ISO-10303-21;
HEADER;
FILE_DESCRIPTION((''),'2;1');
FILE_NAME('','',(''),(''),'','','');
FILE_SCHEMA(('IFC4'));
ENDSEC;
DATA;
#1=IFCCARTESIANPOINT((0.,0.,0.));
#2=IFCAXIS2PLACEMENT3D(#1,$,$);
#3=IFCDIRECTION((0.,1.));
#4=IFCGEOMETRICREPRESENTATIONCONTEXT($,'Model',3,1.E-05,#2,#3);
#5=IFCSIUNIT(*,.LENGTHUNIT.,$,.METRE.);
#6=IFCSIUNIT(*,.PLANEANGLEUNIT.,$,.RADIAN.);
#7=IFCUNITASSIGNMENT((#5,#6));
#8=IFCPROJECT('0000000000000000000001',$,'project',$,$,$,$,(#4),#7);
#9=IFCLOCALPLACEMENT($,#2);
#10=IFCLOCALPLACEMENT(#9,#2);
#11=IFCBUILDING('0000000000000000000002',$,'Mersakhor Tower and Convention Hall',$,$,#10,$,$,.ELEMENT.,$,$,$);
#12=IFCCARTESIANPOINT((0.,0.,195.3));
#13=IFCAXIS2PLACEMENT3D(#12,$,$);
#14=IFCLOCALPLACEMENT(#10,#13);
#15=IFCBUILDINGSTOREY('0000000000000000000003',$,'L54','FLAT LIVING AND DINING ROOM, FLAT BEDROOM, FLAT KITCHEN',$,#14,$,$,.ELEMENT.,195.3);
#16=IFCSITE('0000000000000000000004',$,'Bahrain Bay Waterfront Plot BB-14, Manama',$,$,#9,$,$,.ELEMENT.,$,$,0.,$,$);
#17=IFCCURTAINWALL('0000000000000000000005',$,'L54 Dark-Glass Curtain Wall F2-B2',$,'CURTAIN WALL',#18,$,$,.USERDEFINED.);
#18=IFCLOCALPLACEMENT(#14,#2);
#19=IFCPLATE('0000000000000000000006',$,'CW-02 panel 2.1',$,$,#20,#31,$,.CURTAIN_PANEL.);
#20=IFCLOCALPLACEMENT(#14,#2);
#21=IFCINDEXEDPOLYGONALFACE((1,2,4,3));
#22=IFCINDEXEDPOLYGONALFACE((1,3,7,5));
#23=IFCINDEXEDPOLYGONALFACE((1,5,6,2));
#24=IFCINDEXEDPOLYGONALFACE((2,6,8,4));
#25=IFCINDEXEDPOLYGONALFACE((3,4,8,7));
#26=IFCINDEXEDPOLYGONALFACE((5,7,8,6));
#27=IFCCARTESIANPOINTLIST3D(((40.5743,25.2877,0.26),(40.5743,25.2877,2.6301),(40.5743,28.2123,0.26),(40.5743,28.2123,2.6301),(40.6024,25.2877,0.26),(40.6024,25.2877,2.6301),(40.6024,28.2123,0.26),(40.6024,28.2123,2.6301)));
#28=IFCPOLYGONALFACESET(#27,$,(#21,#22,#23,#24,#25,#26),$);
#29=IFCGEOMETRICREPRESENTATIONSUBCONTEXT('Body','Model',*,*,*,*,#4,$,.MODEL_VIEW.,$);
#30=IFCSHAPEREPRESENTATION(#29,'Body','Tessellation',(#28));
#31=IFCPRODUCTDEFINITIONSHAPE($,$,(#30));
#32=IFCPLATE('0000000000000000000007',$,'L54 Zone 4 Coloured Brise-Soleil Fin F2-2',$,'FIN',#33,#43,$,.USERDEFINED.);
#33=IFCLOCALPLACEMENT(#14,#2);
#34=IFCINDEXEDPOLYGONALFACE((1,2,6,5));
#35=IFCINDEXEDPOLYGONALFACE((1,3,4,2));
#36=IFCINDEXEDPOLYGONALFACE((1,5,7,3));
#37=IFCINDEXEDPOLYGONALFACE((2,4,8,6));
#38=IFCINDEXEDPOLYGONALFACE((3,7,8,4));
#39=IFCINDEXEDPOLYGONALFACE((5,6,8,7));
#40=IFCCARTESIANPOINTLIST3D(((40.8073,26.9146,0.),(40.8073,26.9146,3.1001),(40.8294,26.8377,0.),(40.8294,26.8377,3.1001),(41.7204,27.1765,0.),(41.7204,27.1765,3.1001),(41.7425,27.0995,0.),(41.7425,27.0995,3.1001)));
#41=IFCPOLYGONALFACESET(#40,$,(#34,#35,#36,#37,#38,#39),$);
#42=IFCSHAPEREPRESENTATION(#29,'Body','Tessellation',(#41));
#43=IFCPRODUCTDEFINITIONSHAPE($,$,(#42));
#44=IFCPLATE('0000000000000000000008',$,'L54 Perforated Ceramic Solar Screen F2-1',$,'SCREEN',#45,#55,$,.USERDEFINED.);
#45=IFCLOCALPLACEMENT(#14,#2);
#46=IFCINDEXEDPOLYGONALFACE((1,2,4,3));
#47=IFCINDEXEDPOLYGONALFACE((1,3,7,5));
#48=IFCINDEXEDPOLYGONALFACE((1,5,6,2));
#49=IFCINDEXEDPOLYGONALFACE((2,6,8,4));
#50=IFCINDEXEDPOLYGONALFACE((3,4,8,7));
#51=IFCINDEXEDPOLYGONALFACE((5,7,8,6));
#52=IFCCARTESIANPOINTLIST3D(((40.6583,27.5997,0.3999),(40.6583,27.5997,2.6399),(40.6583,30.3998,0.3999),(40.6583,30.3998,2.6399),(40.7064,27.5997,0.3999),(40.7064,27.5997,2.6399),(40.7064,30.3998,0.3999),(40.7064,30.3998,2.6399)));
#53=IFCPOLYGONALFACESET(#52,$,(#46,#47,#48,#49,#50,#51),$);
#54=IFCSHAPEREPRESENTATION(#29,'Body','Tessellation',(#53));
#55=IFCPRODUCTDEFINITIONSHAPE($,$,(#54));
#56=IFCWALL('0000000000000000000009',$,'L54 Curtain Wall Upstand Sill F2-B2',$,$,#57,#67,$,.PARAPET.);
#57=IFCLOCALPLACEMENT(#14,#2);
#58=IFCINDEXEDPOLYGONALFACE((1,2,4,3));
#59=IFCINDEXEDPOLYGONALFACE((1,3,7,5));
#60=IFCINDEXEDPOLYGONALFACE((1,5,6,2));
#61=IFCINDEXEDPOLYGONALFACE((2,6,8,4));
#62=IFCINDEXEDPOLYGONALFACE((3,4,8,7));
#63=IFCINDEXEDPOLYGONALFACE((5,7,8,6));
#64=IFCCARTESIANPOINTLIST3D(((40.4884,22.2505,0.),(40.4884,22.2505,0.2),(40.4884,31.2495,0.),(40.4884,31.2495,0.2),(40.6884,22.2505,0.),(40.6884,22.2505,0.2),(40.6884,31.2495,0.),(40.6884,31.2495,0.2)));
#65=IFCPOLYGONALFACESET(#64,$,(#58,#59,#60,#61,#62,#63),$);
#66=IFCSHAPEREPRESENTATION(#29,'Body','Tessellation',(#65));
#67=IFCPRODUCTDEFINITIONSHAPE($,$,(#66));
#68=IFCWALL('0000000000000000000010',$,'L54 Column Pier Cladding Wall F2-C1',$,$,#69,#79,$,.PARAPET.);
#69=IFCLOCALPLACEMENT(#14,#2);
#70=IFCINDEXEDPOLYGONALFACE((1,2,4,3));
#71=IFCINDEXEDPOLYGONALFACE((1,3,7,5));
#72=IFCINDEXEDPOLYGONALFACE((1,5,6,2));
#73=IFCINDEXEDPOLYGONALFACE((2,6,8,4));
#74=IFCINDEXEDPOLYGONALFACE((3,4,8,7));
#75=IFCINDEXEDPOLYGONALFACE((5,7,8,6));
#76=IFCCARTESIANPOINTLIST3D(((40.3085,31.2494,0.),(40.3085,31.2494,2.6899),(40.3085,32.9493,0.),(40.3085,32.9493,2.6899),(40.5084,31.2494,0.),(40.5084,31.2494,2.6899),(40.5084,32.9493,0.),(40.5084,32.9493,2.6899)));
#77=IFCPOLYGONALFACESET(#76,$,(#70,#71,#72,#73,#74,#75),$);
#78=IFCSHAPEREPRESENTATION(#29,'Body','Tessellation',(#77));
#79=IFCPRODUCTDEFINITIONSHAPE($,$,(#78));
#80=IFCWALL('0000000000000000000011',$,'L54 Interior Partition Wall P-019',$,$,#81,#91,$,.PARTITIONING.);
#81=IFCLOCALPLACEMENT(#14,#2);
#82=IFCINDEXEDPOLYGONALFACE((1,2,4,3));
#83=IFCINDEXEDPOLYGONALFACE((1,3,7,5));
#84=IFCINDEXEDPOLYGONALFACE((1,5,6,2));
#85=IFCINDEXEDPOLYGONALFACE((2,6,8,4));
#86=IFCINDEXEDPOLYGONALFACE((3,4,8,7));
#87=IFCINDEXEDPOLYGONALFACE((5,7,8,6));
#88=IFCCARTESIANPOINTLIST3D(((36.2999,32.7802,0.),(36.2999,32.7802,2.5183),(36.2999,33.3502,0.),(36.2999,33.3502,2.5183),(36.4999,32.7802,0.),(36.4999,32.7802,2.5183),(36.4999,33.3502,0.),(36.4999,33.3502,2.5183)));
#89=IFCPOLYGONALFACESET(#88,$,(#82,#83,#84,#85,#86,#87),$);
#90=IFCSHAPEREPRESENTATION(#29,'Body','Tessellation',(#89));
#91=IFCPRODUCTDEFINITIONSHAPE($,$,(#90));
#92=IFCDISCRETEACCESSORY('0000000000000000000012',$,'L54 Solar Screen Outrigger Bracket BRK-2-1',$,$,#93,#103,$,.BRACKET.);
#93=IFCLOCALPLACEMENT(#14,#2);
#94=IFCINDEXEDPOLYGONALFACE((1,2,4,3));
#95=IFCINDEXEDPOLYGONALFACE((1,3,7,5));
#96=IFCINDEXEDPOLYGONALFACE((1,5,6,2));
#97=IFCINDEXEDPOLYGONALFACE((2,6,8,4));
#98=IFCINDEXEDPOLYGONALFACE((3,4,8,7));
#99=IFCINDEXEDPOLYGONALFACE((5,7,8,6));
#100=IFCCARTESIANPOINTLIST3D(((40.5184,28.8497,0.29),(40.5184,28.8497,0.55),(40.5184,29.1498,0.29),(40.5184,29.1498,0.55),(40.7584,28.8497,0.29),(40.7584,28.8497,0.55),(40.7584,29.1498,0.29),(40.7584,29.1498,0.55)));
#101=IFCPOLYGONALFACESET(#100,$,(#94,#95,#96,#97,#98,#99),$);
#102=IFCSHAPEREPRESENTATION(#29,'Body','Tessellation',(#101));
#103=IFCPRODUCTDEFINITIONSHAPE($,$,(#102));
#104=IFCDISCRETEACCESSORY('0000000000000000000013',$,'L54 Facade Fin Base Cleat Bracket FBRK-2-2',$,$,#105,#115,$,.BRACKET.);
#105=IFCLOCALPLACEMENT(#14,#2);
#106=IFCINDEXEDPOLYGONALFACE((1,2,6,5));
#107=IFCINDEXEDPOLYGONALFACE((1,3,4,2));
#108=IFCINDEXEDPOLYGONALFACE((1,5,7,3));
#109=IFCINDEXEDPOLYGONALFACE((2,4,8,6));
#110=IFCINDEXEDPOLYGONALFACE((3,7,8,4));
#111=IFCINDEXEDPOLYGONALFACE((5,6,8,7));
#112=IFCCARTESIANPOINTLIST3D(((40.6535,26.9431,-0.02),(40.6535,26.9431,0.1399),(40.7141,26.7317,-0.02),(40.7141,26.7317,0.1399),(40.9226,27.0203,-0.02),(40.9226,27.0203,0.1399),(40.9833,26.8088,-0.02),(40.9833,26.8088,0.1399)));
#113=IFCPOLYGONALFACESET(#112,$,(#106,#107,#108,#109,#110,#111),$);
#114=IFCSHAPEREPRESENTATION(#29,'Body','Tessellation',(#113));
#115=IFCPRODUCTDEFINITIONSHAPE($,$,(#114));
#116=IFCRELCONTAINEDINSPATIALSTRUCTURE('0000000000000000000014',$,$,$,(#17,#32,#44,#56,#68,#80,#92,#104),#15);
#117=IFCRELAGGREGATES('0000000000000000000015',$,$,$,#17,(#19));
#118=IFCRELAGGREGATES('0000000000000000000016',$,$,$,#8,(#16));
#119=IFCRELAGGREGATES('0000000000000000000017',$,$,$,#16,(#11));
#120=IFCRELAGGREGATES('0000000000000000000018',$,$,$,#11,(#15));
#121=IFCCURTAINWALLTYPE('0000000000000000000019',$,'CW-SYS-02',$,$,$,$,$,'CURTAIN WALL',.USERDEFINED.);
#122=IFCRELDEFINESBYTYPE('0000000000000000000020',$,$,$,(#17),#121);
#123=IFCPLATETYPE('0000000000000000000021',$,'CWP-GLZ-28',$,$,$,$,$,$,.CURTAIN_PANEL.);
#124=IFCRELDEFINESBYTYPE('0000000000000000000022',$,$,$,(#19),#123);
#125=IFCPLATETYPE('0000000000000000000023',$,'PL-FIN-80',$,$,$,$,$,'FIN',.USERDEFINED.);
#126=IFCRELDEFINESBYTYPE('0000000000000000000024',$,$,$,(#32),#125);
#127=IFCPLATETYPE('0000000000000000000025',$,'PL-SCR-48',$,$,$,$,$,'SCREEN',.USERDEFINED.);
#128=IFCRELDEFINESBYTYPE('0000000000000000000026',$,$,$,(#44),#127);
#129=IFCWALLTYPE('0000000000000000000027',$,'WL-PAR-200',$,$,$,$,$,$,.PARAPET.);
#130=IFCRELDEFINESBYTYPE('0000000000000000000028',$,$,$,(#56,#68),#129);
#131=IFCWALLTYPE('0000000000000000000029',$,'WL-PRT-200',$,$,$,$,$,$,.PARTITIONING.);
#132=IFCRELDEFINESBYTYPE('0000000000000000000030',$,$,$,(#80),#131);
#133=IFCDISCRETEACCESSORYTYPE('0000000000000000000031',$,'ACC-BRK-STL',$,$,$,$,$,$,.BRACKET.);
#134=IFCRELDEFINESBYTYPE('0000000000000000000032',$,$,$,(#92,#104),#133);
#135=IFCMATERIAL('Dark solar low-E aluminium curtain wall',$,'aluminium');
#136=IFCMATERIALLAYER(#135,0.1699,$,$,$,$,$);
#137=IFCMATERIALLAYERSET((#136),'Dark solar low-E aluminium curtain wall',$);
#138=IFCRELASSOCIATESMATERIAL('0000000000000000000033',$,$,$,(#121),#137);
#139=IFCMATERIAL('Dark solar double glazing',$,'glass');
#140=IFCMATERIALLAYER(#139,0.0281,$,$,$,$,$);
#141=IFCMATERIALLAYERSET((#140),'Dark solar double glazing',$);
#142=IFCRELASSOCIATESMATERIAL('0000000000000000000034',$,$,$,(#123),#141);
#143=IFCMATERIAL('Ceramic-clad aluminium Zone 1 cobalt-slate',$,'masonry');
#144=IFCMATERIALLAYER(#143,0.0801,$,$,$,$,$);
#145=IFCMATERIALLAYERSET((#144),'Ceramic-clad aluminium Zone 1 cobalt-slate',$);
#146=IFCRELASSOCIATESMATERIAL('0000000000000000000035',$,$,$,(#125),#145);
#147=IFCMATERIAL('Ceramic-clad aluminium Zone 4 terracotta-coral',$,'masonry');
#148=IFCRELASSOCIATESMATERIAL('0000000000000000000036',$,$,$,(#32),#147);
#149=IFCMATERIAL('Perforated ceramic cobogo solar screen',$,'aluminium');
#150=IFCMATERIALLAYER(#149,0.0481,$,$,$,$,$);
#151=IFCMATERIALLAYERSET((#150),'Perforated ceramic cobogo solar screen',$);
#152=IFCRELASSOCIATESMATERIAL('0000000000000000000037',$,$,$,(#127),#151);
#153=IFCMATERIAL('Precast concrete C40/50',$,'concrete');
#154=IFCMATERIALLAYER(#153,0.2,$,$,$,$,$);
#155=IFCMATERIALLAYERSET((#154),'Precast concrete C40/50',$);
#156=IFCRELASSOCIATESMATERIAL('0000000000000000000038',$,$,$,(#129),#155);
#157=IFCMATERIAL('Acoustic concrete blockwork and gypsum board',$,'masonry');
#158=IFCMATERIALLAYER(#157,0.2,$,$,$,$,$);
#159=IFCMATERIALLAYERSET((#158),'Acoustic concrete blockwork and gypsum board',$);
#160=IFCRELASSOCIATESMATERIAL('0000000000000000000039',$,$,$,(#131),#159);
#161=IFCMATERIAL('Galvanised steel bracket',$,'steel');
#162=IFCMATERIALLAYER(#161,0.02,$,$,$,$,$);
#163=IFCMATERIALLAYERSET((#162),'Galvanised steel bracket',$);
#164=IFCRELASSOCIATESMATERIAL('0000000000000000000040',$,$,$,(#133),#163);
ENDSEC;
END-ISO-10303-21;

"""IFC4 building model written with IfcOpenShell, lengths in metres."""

from ifc_helpers import new_model, si_unit, direction, frame, frame_2d, origin, origin_2d, place, context, subcontext, project, spatial, rectangle, extrude, material, layer, layer_set, type_object, element, aggregate, save


model = new_model("IFC4")

# Units and contexts
model_context = context("Model", 3, precision=1e-05, world=origin(), true_north=direction((0.0, 1.0)))
body_context = subcontext(model_context, "Body", "Model", "MODEL_VIEW")
ifc_project = project(units=[si_unit("LENGTHUNIT", "METRE"), si_unit("PLANEANGLEUNIT", "RADIAN")], contexts=[model_context])

# Site, building, storey
site_placement = place(None, origin())
site = spatial("IfcSite", under=ifc_project, at=site_placement, Name="Bahrain Bay Waterfront Plot BB-14, Manama", CompositionType="ELEMENT", RefElevation=0.0)
building_placement = place(site_placement, origin())
building = spatial("IfcBuilding", under=site, at=building_placement, Name="Mersakhor Tower and Convention Hall", CompositionType="ELEMENT")
storey_placement = place(building_placement, frame((0.0, 0.0, 195.3)))
storey = spatial("IfcBuildingStorey", under=building, at=storey_placement, Name="L54", Description="FLAT LIVING AND DINING ROOM, FLAT BEDROOM, FLAT KITCHEN", CompositionType="ELEMENT", Elevation=195.3)

# Curtain wall, plate
ifc_material_1 = material(Name="Dark solar low-E aluminium curtain wall", Category="aluminium")
ifc_layer_1 = layer(ifc_material_1, 0.1699)
ifc_layer_set_1 = layer_set([ifc_layer_1], Name="Dark solar low-E aluminium curtain wall")
curtain_wall_type = type_object("IfcCurtainWallType", Name="CW-SYS-02", ElementType="CURTAIN WALL", PredefinedType="USERDEFINED", material=ifc_layer_set_1)
curtain_wall_placement = place(storey_placement, origin())
curtain_wall = element("IfcCurtainWall", 1, at=curtain_wall_placement, inside=storey, type_object=curtain_wall_type, Name="L54 Dark-Glass Curtain Wall F2-B2", ObjectType="CURTAIN WALL", PredefinedType="USERDEFINED")
ifc_material_2 = material(Name="Dark solar double glazing", Category="glass")
ifc_layer_2 = layer(ifc_material_2, 0.0281)
ifc_layer_set_2 = layer_set([ifc_layer_2], Name="Dark solar double glazing")
plate_type_1 = type_object("IfcPlateType", Name="CWP-GLZ-28", PredefinedType="CURTAIN_PANEL", material=ifc_layer_set_2)
plate_1_placement = place(storey_placement, frame((40.5884, 26.75, 0.26), z_axis=(0.0, 0.0, 1.0), x_axis=(0.0, -1.0, 0.0)))
plate_1 = element("IfcPlate", 2, at=plate_1_placement, type_object=plate_type_1, Name="CW-02 panel 2.1", PredefinedType="CURTAIN_PANEL", context=body_context, shape_type="SweptSolid", body=[
    extrude(rectangle(XDim=2.9246, YDim=0.0281, at=origin_2d()), origin(), (0.0, 0.0, 1.0), 2.3701),
])
aggregate(curtain_wall, [plate_1])

# Plates
ifc_material_3 = material(Name="Ceramic-clad aluminium Zone 4 terracotta-coral", Category="masonry")
ifc_material_4 = material(Name="Ceramic-clad aluminium Zone 1 cobalt-slate", Category="masonry")
ifc_layer_3 = layer(ifc_material_4, 0.0801)
ifc_layer_set_3 = layer_set([ifc_layer_3], Name="Ceramic-clad aluminium Zone 1 cobalt-slate")
plate_type_2 = type_object("IfcPlateType", Name="PL-FIN-80", ElementType="FIN", PredefinedType="USERDEFINED", material=ifc_layer_set_3)
plate_2_placement = place(storey_placement, frame((41.2749, 27.0071, 0.0), z_axis=(0.0, 0.0, 1.0), x_axis=(0.961262, 0.275637, 0.0)))
element("IfcPlate", 3, at=plate_2_placement, inside=storey, type_object=plate_type_2, material=ifc_material_3, Name="L54 Zone 4 Coloured Brise-Soleil Fin F2-2", ObjectType="FIN", PredefinedType="USERDEFINED", context=body_context, shape_type="SweptSolid", body=[
    extrude(rectangle(XDim=0.95, YDim=0.0801, at=origin_2d()), origin(), (0.0, 0.0, 1.0), 3.1001),
])
ifc_material_5 = material(Name="Perforated ceramic cobogo solar screen", Category="aluminium")
ifc_layer_4 = layer(ifc_material_5, 0.0481)
ifc_layer_set_4 = layer_set([ifc_layer_4], Name="Perforated ceramic cobogo solar screen")
plate_type_3 = type_object("IfcPlateType", Name="PL-SCR-48", ElementType="SCREEN", PredefinedType="USERDEFINED", material=ifc_layer_set_4)
plate_3_placement = place(storey_placement, frame((40.6824, 28.9998, 0.3999), z_axis=(0.0, 0.0, 1.0), x_axis=(0.0, -1.0, 0.0)))
element("IfcPlate", 4, at=plate_3_placement, inside=storey, type_object=plate_type_3, Name="L54 Perforated Ceramic Solar Screen F2-1", ObjectType="SCREEN", PredefinedType="USERDEFINED", context=body_context, shape_type="SweptSolid", body=[
    extrude(rectangle(XDim=2.8, YDim=0.0481, at=origin_2d()), origin(), (0.0, 0.0, 1.0), 2.24),
])

# Walls
ifc_material_6 = material(Name="Precast concrete C40/50", Category="concrete")
ifc_layer_5 = layer(ifc_material_6, 0.2)
ifc_layer_set_5 = layer_set([ifc_layer_5], Name="Precast concrete C40/50")
wall_type_1 = type_object("IfcWallType", Name="WL-PAR-200", PredefinedType="PARAPET", material=ifc_layer_set_5)
wall_1_placement = place(storey_placement, frame((40.5884, 31.2495, 0.0), z_axis=(0.0, 0.0, 1.0), x_axis=(0.0, -1.0, 0.0)))
element("IfcWall", 5, at=wall_1_placement, inside=storey, type_object=wall_type_1, Name="L54 Curtain Wall Upstand Sill F2-B2", PredefinedType="PARAPET", context=body_context, shape_type="SweptSolid", body=[
    extrude(rectangle(XDim=8.999, YDim=0.2, at=frame_2d((4.4995, 0.0))), origin(), (0.0, 0.0, 1.0), 0.2),
])
wall_2_placement = place(storey_placement, frame((40.4084, 32.9495, 0.0), z_axis=(0.0, 0.0, 1.0), x_axis=(0.0, -1.0, 0.0)))
element("IfcWall", 6, at=wall_2_placement, inside=storey, type_object=wall_type_1, Name="L54 Column Pier Cladding Wall F2-C1", PredefinedType="PARAPET", context=body_context, shape_type="SweptSolid", body=[
    extrude(rectangle(XDim=1.7, YDim=0.2, at=frame_2d((0.8501, 0.0))), origin(), (0.0, 0.0, 1.0), 2.6899),
])

# Shared definitions
ifc_material_7 = material(Name="Acoustic concrete blockwork and gypsum board", Category="masonry")
ifc_layer_6 = layer(ifc_material_7, 0.2)
ifc_layer_set_6 = layer_set([ifc_layer_6], Name="Acoustic concrete blockwork and gypsum board")
wall_type_2 = type_object("IfcWallType", Name="WL-PRT-200", PredefinedType="PARTITIONING", material=ifc_layer_set_6)

# Wall
wall_3_placement = place(storey_placement, frame((36.3999, 32.78, 0.0), z_axis=(0.0, 0.0, 1.0), x_axis=(0.0, 1.0, 0.0)))
element("IfcWall", 7, at=wall_3_placement, inside=storey, type_object=wall_type_2, Name="L54 Interior Partition Wall P-019", PredefinedType="PARTITIONING", context=body_context, shape_type="SweptSolid", body=[
    extrude(rectangle(XDim=0.5701, YDim=0.2, at=frame_2d((0.2852, 0.0))), origin(), (0.0, 0.0, 1.0), 2.5183),
])

# Discrete accessories
ifc_material_8 = material(Name="Galvanised steel bracket", Category="steel")
ifc_layer_7 = layer(ifc_material_8, 0.02)
ifc_layer_set_7 = layer_set([ifc_layer_7], Name="Galvanised steel bracket")
discrete_accessory_type = type_object("IfcDiscreteAccessoryType", Name="ACC-BRK-STL", PredefinedType="BRACKET", material=ifc_layer_set_7)
discrete_accessory_1_placement = place(storey_placement, frame((40.6384, 28.9998, 0.29), z_axis=(0.0, 0.0, 1.0), x_axis=(0.0, -1.0, 0.0)))
element("IfcDiscreteAccessory", 8, at=discrete_accessory_1_placement, inside=storey, type_object=discrete_accessory_type, Name="L54 Solar Screen Outrigger Bracket BRK-2-1", PredefinedType="BRACKET", context=body_context, shape_type="SweptSolid", body=[
    extrude(rectangle(XDim=0.3, YDim=0.24, at=origin_2d()), origin(), (0.0, 0.0, 1.0), 0.26),
])
discrete_accessory_2_placement = place(storey_placement, frame((40.8184, 26.876, -0.02), z_axis=(0.0, 0.0, 1.0), x_axis=(0.961262, 0.275637, 0.0)))
element("IfcDiscreteAccessory", 9, at=discrete_accessory_2_placement, inside=storey, type_object=discrete_accessory_type, Name="L54 Facade Fin Base Cleat Bracket FBRK-2-2", PredefinedType="BRACKET", context=body_context, shape_type="SweptSolid", body=[
    extrude(rectangle(XDim=0.28, YDim=0.22, at=origin_2d()), origin(), (0.0, 0.0, 1.0), 0.1599),
])

save(model, "model.ifc")
